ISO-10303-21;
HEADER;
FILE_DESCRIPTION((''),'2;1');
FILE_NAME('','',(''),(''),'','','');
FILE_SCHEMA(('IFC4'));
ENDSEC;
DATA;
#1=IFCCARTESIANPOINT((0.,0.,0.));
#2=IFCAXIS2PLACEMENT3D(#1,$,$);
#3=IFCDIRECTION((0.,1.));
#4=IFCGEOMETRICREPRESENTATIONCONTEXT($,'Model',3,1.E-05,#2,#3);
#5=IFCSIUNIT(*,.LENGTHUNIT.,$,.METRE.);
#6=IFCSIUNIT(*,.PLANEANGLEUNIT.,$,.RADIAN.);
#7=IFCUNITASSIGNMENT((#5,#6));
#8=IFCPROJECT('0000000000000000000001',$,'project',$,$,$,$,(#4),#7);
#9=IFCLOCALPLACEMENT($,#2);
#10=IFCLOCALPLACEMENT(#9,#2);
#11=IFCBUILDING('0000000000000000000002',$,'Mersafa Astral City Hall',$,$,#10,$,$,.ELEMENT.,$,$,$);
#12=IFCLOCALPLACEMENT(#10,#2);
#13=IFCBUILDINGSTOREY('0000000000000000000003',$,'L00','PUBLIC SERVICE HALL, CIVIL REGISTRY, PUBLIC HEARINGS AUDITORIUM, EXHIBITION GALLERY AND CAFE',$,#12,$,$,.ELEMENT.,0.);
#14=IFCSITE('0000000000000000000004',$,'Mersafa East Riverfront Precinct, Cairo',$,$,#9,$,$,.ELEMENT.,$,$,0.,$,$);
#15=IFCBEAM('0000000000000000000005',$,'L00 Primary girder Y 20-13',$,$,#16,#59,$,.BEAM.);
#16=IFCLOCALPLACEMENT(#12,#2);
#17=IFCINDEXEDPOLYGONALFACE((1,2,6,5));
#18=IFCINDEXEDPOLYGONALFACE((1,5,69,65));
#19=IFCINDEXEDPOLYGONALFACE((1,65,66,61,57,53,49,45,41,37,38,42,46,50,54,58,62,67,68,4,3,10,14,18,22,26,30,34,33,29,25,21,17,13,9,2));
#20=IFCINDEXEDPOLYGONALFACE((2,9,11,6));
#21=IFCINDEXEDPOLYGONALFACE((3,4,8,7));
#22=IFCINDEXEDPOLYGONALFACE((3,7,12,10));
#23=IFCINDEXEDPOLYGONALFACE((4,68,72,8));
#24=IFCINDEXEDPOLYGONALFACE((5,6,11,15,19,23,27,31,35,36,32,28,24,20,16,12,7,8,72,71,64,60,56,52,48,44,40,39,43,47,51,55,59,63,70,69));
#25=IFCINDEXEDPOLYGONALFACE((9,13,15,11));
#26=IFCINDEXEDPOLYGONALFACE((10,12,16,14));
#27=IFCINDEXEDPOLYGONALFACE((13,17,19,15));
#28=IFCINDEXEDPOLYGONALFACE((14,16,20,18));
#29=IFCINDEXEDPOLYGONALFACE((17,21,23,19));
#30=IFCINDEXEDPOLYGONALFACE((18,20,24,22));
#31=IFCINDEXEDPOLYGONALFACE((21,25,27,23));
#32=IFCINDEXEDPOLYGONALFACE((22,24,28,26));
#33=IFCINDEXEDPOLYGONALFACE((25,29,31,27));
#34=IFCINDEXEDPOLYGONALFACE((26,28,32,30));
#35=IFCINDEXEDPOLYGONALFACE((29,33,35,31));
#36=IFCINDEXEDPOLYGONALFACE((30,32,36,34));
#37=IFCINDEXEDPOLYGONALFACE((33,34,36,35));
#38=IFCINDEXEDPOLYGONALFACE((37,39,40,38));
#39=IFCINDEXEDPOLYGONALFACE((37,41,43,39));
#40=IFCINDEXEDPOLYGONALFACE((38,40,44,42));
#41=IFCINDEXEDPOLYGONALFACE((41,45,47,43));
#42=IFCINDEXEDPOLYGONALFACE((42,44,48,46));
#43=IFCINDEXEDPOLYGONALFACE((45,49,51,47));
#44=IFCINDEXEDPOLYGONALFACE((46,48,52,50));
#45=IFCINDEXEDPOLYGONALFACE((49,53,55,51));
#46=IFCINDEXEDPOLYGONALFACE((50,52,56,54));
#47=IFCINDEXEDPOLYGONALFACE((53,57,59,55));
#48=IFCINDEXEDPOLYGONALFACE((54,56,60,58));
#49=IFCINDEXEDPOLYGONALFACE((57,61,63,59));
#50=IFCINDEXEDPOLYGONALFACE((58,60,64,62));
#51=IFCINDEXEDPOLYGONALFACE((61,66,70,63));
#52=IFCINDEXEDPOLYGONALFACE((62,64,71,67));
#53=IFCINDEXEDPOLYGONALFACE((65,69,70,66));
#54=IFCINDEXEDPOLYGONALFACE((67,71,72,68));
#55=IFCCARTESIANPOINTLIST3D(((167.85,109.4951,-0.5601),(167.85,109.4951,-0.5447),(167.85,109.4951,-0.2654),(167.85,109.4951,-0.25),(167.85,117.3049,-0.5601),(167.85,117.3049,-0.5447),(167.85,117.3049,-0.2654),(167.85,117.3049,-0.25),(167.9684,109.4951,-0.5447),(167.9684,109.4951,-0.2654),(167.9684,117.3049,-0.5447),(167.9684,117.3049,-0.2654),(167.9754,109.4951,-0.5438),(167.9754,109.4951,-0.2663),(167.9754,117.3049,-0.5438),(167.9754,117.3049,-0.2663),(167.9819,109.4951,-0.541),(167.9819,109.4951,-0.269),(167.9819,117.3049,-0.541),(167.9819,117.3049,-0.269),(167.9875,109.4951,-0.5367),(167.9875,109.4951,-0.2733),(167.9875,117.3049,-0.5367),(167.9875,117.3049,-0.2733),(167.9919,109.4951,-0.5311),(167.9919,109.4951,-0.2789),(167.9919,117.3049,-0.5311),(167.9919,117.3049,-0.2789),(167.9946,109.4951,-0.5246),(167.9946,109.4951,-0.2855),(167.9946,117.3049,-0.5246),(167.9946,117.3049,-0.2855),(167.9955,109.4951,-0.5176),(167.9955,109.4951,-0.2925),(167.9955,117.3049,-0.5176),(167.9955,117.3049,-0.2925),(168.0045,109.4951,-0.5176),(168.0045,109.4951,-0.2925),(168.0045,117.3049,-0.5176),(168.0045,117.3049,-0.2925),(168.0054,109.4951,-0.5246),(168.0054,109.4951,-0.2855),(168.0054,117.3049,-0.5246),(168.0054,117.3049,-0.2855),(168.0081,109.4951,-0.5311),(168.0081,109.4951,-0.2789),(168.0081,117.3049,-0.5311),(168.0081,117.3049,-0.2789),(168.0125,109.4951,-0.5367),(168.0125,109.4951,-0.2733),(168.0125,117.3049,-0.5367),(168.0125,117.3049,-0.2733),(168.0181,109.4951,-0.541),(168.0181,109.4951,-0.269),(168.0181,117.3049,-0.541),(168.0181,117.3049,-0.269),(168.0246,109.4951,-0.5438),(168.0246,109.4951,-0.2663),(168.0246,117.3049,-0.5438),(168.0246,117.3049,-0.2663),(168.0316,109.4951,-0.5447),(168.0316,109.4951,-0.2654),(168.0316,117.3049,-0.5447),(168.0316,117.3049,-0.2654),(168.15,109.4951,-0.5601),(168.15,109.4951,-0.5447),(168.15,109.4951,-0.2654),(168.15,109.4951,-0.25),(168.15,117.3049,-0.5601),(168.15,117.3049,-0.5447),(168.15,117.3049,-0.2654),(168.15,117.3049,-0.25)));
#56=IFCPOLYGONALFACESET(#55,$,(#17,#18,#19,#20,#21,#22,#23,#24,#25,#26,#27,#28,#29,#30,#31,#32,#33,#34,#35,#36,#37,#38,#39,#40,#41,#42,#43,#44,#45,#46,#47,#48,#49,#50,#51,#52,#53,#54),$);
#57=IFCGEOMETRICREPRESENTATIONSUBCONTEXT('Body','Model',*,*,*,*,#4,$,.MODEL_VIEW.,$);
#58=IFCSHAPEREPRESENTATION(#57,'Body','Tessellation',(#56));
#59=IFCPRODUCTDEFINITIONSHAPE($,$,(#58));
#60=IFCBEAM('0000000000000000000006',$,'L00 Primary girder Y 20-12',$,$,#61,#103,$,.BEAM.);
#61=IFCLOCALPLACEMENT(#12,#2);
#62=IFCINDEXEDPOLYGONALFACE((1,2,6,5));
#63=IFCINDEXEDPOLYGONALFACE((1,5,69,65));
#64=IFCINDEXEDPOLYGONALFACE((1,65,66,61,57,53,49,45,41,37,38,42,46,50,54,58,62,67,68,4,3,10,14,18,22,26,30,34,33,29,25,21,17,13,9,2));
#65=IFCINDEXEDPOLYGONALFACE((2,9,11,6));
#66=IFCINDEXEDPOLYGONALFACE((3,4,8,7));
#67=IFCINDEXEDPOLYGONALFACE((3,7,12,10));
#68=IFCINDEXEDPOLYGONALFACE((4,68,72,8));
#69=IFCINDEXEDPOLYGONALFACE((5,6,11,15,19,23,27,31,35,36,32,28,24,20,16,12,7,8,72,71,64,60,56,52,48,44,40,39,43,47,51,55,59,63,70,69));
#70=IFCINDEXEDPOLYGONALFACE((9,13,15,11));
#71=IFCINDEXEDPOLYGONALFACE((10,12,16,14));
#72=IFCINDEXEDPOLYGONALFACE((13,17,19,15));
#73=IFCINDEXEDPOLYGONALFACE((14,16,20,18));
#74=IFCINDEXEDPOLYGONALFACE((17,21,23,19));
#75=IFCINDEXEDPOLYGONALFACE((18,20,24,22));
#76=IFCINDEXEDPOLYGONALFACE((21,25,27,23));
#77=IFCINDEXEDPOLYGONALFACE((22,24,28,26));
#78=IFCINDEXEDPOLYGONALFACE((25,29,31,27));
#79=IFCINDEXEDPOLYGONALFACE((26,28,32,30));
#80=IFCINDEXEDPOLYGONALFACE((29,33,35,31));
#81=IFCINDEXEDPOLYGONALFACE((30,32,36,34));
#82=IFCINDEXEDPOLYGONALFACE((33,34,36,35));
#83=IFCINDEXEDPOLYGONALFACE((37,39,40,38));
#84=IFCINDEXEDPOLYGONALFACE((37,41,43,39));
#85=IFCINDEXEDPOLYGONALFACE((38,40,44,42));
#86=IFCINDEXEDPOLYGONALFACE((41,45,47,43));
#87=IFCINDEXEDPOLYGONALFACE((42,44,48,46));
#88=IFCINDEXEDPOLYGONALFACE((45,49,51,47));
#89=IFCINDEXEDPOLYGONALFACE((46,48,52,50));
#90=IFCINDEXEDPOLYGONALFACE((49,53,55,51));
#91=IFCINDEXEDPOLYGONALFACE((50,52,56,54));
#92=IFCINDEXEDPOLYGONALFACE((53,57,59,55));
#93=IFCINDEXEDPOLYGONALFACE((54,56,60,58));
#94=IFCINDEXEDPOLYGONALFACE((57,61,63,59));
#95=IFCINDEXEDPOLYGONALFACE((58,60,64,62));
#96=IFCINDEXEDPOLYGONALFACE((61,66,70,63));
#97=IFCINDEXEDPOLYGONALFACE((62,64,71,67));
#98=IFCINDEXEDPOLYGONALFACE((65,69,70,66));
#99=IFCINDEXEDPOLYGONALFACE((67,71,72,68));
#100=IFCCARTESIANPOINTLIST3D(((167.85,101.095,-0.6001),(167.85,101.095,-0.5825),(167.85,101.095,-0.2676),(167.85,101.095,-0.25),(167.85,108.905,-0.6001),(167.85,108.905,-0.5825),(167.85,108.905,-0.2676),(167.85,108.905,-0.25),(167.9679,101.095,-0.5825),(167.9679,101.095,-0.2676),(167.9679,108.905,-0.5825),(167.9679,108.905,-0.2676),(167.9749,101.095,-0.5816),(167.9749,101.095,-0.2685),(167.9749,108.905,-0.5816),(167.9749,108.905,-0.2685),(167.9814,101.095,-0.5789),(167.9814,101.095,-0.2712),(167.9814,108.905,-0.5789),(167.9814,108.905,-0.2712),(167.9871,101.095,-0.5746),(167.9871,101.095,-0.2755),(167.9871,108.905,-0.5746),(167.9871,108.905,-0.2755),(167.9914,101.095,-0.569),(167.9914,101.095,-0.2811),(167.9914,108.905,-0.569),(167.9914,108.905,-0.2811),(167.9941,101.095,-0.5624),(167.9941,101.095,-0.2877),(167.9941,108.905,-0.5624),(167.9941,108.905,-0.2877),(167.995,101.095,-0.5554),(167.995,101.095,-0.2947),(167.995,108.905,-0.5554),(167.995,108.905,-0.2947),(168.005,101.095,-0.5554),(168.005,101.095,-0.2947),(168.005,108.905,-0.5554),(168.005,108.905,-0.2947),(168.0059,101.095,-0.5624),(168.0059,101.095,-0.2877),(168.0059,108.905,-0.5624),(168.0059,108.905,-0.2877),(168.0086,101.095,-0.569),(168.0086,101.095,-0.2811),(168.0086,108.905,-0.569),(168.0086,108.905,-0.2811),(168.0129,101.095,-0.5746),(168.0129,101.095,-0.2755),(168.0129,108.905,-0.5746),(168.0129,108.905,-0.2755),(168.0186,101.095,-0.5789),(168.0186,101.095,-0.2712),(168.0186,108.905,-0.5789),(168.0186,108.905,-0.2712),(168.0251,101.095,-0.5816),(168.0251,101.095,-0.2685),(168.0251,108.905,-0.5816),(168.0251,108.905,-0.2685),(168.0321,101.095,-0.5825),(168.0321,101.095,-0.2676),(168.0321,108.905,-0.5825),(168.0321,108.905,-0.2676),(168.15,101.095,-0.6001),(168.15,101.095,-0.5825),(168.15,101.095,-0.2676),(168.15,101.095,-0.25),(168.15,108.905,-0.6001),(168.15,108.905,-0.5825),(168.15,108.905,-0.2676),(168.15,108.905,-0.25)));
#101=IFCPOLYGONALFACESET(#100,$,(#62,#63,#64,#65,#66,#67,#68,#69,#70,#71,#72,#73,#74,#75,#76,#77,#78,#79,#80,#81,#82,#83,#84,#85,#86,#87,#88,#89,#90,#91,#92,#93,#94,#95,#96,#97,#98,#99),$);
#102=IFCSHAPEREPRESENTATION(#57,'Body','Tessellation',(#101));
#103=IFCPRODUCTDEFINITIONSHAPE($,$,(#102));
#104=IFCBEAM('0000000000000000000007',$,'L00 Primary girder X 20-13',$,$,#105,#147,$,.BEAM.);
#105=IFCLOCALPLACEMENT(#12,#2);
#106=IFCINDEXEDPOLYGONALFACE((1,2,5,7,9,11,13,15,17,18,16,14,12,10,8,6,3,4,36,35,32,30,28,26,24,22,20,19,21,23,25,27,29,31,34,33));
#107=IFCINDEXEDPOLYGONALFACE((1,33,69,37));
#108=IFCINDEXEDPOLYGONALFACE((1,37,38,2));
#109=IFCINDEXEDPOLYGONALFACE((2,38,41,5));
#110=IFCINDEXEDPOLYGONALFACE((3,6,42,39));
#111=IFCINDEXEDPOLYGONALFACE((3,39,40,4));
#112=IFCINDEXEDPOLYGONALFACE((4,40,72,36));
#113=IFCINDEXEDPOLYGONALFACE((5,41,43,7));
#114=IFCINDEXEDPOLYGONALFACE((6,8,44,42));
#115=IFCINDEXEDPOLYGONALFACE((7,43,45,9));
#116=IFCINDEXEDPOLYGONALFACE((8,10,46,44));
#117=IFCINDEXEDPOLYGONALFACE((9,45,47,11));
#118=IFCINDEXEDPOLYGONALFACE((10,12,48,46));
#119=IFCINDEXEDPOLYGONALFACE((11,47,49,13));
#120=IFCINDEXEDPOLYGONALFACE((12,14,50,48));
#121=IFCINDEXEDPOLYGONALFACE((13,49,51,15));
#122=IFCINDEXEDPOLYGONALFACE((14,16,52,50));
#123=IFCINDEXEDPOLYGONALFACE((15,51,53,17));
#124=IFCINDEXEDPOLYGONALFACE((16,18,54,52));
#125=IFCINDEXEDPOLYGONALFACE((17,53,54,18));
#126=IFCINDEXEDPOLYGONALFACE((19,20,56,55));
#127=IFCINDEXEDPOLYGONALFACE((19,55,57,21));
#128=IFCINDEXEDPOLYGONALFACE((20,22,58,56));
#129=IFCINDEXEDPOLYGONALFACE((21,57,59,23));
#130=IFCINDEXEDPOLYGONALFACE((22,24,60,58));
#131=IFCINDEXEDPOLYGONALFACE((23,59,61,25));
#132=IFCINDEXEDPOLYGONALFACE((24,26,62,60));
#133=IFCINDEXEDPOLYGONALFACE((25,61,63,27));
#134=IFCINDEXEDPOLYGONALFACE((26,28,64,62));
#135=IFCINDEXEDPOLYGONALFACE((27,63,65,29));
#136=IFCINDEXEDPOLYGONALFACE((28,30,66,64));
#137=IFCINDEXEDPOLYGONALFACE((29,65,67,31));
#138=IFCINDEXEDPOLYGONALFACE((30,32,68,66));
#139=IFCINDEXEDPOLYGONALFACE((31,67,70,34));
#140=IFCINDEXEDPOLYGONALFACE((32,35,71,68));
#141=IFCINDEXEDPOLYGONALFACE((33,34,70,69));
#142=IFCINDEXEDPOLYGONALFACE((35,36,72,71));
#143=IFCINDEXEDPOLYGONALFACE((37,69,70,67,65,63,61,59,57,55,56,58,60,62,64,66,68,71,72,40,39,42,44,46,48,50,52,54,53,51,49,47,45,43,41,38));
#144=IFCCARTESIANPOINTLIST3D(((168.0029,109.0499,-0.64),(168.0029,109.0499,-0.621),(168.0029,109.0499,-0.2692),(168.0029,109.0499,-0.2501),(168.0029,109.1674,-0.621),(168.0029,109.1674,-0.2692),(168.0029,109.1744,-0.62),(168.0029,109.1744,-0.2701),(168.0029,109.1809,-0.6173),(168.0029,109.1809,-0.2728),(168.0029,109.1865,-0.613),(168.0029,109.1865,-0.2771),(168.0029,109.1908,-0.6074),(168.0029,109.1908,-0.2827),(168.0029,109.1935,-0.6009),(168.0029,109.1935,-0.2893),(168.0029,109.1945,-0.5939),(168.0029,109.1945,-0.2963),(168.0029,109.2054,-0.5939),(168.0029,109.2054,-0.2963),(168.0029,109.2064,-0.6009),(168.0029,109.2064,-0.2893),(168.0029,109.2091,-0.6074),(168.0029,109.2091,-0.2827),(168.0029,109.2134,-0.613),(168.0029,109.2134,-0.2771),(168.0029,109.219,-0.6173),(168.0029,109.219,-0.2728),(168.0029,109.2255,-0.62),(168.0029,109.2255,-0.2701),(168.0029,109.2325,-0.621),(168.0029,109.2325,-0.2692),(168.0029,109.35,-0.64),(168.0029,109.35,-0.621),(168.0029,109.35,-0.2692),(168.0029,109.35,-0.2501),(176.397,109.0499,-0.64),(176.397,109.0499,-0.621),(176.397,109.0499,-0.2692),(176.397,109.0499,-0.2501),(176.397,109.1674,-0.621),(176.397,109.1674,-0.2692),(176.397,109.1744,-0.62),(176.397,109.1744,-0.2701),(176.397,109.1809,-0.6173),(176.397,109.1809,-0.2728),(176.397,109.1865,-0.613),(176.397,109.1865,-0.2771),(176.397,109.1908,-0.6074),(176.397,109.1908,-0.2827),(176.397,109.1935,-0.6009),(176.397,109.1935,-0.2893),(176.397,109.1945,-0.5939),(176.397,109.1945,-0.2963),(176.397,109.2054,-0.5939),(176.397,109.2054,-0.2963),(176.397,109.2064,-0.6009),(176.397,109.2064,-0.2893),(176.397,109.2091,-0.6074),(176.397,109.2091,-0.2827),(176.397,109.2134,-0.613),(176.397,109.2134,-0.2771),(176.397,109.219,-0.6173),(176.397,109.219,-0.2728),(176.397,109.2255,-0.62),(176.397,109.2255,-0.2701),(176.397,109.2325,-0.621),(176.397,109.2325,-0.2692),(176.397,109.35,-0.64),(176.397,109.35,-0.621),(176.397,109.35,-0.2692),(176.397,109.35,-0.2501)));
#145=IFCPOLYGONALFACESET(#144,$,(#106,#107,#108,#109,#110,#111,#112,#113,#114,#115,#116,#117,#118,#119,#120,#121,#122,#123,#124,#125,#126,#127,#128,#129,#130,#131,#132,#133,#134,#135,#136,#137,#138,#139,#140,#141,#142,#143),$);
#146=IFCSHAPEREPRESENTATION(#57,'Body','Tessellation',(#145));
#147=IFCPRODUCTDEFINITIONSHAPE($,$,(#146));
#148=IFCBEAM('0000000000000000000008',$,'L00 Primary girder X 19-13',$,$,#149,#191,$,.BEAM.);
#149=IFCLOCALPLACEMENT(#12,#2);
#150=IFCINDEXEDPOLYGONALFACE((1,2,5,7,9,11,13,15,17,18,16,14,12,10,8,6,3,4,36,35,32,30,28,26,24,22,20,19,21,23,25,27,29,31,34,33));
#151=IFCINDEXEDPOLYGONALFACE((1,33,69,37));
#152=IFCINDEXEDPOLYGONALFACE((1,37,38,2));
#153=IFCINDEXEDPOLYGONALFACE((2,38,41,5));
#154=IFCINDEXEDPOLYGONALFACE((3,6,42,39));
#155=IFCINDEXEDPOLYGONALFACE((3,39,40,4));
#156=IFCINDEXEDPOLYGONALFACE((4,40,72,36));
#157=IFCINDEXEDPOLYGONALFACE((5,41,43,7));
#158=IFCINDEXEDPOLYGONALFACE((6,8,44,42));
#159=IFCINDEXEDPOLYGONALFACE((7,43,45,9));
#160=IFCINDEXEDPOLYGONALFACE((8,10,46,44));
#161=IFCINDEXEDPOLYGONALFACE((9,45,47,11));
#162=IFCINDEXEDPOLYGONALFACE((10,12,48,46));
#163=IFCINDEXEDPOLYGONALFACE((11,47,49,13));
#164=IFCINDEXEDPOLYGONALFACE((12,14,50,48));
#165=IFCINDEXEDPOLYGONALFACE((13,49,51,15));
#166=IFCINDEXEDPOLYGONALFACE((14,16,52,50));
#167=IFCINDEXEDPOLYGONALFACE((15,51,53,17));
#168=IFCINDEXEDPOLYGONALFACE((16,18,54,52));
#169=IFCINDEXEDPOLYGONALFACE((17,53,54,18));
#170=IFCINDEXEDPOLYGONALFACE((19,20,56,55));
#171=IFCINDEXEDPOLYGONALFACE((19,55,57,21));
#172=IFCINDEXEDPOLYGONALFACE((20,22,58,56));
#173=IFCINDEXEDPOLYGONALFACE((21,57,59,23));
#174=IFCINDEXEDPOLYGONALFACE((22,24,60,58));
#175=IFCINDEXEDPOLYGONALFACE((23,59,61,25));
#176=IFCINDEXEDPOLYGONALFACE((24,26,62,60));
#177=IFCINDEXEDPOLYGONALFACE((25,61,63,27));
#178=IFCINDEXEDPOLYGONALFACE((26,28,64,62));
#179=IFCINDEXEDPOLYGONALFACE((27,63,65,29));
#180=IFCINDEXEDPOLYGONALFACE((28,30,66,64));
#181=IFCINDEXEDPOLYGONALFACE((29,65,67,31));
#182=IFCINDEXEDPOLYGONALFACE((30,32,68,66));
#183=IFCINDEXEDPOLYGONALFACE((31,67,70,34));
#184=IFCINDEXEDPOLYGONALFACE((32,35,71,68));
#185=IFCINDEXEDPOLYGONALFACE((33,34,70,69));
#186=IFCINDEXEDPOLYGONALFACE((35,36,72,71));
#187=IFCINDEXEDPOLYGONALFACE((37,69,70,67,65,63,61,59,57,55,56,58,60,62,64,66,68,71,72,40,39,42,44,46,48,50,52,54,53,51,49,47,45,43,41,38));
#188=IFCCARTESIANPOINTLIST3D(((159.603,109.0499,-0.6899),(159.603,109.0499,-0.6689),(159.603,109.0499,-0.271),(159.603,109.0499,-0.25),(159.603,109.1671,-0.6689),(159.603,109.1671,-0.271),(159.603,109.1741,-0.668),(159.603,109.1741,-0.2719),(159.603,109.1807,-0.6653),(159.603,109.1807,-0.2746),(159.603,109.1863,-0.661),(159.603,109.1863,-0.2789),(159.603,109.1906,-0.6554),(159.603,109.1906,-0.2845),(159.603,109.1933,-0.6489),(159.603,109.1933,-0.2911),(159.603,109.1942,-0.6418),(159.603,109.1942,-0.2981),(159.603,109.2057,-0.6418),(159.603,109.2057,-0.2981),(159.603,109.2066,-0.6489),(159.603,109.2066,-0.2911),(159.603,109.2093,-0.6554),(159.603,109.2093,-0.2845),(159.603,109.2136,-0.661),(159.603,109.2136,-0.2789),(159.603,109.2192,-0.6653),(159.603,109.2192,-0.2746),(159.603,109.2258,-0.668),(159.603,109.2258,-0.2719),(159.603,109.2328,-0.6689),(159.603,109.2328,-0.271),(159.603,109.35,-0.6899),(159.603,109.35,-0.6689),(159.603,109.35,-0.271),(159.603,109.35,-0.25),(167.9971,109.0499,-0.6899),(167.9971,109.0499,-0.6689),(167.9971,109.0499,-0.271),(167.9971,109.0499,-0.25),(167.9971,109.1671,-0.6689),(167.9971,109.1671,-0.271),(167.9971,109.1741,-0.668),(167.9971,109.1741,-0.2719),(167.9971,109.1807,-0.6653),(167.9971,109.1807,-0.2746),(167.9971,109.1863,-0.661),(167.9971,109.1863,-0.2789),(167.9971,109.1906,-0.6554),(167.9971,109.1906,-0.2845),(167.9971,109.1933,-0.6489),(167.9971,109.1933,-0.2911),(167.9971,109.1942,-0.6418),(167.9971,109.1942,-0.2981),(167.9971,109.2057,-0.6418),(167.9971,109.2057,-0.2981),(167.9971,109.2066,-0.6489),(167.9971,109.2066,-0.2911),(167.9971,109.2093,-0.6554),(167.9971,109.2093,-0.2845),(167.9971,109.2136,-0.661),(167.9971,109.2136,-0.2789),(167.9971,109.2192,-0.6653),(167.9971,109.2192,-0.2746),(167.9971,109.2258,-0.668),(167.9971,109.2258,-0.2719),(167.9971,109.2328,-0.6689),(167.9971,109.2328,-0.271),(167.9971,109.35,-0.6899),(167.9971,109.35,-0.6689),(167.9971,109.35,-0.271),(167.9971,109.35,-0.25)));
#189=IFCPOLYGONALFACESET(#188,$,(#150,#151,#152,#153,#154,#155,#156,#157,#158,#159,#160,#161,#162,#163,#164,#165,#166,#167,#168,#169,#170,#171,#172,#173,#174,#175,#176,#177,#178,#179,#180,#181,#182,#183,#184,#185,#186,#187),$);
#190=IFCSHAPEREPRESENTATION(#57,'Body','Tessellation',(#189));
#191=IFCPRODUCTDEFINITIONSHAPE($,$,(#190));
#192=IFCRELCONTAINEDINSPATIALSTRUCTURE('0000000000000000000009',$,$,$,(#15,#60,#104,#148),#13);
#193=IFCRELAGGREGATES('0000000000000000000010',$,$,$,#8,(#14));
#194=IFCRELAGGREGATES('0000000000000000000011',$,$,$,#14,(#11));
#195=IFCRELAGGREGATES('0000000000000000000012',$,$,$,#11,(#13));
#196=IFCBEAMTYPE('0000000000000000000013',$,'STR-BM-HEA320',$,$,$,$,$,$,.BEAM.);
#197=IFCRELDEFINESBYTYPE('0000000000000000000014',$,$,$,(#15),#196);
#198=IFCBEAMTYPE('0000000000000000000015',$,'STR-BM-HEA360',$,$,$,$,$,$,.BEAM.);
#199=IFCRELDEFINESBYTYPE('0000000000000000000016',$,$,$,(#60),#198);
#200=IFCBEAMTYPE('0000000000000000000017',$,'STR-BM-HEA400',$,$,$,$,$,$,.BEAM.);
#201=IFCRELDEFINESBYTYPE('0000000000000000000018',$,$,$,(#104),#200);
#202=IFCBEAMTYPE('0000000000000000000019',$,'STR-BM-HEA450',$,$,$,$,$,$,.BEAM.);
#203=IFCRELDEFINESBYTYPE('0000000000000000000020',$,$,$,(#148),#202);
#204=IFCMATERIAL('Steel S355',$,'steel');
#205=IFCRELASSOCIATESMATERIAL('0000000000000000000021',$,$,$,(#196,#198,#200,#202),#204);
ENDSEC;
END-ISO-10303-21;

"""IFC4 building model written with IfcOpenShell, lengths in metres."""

from ifc_helpers import new_model, si_unit, direction, frame, origin, origin_2d, place, context, subcontext, project, spatial, i_section, extrude, material, material_profile, profile_set, type_object, element, save


model = new_model("IFC4")

# Units and contexts
model_context = context("Model", 3, precision=1e-05, world=origin(), true_north=direction((0.0, 1.0)))
body_context = subcontext(model_context, "Body", "Model", "MODEL_VIEW")
ifc_project = project(units=[si_unit("LENGTHUNIT", "METRE"), si_unit("PLANEANGLEUNIT", "RADIAN")], contexts=[model_context])

# Site, building, storey
site_placement = place(None, origin())
site = spatial("IfcSite", under=ifc_project, at=site_placement, Name="Mersafa East Riverfront Precinct, Cairo", CompositionType="ELEMENT", RefElevation=0.0)
building_placement = place(site_placement, origin())
building = spatial("IfcBuilding", under=site, at=building_placement, Name="Mersafa Astral City Hall", CompositionType="ELEMENT")
storey_placement = place(building_placement, origin())
storey = spatial("IfcBuildingStorey", under=building, at=storey_placement, Name="L00", Description="PUBLIC SERVICE HALL, CIVIL REGISTRY, PUBLIC HEARINGS AUDITORIUM, EXHIBITION GALLERY AND CAFE", CompositionType="ELEMENT", Elevation=0.0)

# Shared definitions
ifc_material_1 = material(Name="Steel S355", Category="steel")

# Beams
ifc_material_profile_1 = material_profile(ifc_material_1, i_section(OverallWidth=0.3, OverallDepth=0.3101, WebThickness=0.009, FlangeThickness=0.0154, FilletRadius=0.0271, at=origin_2d()), Name="HEA 320")
ifc_profile_set_1 = profile_set([ifc_material_profile_1], Name="Steel S355")
beam_type_1 = type_object("IfcBeamType", Name="STR-BM-HEA320", PredefinedType="BEAM", material=ifc_profile_set_1)
beam_1_placement = place(storey_placement, frame((168.0, 109.4951, -0.405), z_axis=(0.0, 1.0, 0.0), x_axis=(-1.0, 0.0, 0.0)))
element("IfcBeam", 1, at=beam_1_placement, inside=storey, type_object=beam_type_1, Name="L00 Primary girder Y 20-13", PredefinedType="BEAM", context=body_context, shape_type="SweptSolid", body=[
    extrude(i_section(OverallWidth=0.3, OverallDepth=0.3101, WebThickness=0.009, FlangeThickness=0.0154, FilletRadius=0.0271, at=origin_2d()), origin(), (0.0, 0.0, 1.0), 7.8098),
])
ifc_material_profile_2 = material_profile(ifc_material_1, i_section(OverallWidth=0.3, OverallDepth=0.3501, WebThickness=0.01, FlangeThickness=0.0176, FilletRadius=0.0271, at=origin_2d()), Name="HEA 360")
ifc_profile_set_2 = profile_set([ifc_material_profile_2], Name="Steel S355")
beam_type_2 = type_object("IfcBeamType", Name="STR-BM-HEA360", PredefinedType="BEAM", material=ifc_profile_set_2)
beam_2_placement = place(storey_placement, frame((168.0, 101.095, -0.425), z_axis=(0.0, 1.0, 0.0), x_axis=(-1.0, 0.0, 0.0)))
element("IfcBeam", 2, at=beam_2_placement, inside=storey, type_object=beam_type_2, Name="L00 Primary girder Y 20-12", PredefinedType="BEAM", context=body_context, shape_type="SweptSolid", body=[
    extrude(i_section(OverallWidth=0.3, OverallDepth=0.3501, WebThickness=0.01, FlangeThickness=0.0176, FilletRadius=0.0271, at=origin_2d()), origin(), (0.0, 0.0, 1.0), 7.8101),
])
ifc_material_profile_3 = material_profile(ifc_material_1, i_section(OverallWidth=0.3, OverallDepth=0.3899, WebThickness=0.011, FlangeThickness=0.019, FilletRadius=0.0271, at=origin_2d()), Name="HEA 400")
ifc_profile_set_3 = profile_set([ifc_material_profile_3], Name="Steel S355")
beam_type_3 = type_object("IfcBeamType", Name="STR-BM-HEA400", PredefinedType="BEAM", material=ifc_profile_set_3)
beam_3_placement = place(storey_placement, frame((168.0029, 109.2, -0.4451), z_axis=(1.0, 0.0, 0.0), x_axis=(0.0, 1.0, 0.0)))
element("IfcBeam", 3, at=beam_3_placement, inside=storey, type_object=beam_type_3, Name="L00 Primary girder X 20-13", PredefinedType="BEAM", context=body_context, shape_type="SweptSolid", body=[
    extrude(i_section(OverallWidth=0.3, OverallDepth=0.3899, WebThickness=0.011, FlangeThickness=0.019, FilletRadius=0.0271, at=origin_2d()), origin(), (0.0, 0.0, 1.0), 8.394),
])
ifc_material_profile_4 = material_profile(ifc_material_1, i_section(OverallWidth=0.3, OverallDepth=0.4399, WebThickness=0.0115, FlangeThickness=0.021, FilletRadius=0.0271, at=origin_2d()), Name="HEA 450")
ifc_profile_set_4 = profile_set([ifc_material_profile_4], Name="Steel S355")
beam_type_4 = type_object("IfcBeamType", Name="STR-BM-HEA450", PredefinedType="BEAM", material=ifc_profile_set_4)
beam_4_placement = place(storey_placement, frame((159.603, 109.2, -0.47), z_axis=(1.0, 0.0, 0.0), x_axis=(0.0, 1.0, 0.0)))
element("IfcBeam", 4, at=beam_4_placement, inside=storey, type_object=beam_type_4, Name="L00 Primary girder X 19-13", PredefinedType="BEAM", context=body_context, shape_type="SweptSolid", body=[
    extrude(i_section(OverallWidth=0.3, OverallDepth=0.4399, WebThickness=0.0115, FlangeThickness=0.021, FilletRadius=0.0271, at=origin_2d()), origin(), (0.0, 0.0, 1.0), 8.394),
])

save(model, "model.ifc")
